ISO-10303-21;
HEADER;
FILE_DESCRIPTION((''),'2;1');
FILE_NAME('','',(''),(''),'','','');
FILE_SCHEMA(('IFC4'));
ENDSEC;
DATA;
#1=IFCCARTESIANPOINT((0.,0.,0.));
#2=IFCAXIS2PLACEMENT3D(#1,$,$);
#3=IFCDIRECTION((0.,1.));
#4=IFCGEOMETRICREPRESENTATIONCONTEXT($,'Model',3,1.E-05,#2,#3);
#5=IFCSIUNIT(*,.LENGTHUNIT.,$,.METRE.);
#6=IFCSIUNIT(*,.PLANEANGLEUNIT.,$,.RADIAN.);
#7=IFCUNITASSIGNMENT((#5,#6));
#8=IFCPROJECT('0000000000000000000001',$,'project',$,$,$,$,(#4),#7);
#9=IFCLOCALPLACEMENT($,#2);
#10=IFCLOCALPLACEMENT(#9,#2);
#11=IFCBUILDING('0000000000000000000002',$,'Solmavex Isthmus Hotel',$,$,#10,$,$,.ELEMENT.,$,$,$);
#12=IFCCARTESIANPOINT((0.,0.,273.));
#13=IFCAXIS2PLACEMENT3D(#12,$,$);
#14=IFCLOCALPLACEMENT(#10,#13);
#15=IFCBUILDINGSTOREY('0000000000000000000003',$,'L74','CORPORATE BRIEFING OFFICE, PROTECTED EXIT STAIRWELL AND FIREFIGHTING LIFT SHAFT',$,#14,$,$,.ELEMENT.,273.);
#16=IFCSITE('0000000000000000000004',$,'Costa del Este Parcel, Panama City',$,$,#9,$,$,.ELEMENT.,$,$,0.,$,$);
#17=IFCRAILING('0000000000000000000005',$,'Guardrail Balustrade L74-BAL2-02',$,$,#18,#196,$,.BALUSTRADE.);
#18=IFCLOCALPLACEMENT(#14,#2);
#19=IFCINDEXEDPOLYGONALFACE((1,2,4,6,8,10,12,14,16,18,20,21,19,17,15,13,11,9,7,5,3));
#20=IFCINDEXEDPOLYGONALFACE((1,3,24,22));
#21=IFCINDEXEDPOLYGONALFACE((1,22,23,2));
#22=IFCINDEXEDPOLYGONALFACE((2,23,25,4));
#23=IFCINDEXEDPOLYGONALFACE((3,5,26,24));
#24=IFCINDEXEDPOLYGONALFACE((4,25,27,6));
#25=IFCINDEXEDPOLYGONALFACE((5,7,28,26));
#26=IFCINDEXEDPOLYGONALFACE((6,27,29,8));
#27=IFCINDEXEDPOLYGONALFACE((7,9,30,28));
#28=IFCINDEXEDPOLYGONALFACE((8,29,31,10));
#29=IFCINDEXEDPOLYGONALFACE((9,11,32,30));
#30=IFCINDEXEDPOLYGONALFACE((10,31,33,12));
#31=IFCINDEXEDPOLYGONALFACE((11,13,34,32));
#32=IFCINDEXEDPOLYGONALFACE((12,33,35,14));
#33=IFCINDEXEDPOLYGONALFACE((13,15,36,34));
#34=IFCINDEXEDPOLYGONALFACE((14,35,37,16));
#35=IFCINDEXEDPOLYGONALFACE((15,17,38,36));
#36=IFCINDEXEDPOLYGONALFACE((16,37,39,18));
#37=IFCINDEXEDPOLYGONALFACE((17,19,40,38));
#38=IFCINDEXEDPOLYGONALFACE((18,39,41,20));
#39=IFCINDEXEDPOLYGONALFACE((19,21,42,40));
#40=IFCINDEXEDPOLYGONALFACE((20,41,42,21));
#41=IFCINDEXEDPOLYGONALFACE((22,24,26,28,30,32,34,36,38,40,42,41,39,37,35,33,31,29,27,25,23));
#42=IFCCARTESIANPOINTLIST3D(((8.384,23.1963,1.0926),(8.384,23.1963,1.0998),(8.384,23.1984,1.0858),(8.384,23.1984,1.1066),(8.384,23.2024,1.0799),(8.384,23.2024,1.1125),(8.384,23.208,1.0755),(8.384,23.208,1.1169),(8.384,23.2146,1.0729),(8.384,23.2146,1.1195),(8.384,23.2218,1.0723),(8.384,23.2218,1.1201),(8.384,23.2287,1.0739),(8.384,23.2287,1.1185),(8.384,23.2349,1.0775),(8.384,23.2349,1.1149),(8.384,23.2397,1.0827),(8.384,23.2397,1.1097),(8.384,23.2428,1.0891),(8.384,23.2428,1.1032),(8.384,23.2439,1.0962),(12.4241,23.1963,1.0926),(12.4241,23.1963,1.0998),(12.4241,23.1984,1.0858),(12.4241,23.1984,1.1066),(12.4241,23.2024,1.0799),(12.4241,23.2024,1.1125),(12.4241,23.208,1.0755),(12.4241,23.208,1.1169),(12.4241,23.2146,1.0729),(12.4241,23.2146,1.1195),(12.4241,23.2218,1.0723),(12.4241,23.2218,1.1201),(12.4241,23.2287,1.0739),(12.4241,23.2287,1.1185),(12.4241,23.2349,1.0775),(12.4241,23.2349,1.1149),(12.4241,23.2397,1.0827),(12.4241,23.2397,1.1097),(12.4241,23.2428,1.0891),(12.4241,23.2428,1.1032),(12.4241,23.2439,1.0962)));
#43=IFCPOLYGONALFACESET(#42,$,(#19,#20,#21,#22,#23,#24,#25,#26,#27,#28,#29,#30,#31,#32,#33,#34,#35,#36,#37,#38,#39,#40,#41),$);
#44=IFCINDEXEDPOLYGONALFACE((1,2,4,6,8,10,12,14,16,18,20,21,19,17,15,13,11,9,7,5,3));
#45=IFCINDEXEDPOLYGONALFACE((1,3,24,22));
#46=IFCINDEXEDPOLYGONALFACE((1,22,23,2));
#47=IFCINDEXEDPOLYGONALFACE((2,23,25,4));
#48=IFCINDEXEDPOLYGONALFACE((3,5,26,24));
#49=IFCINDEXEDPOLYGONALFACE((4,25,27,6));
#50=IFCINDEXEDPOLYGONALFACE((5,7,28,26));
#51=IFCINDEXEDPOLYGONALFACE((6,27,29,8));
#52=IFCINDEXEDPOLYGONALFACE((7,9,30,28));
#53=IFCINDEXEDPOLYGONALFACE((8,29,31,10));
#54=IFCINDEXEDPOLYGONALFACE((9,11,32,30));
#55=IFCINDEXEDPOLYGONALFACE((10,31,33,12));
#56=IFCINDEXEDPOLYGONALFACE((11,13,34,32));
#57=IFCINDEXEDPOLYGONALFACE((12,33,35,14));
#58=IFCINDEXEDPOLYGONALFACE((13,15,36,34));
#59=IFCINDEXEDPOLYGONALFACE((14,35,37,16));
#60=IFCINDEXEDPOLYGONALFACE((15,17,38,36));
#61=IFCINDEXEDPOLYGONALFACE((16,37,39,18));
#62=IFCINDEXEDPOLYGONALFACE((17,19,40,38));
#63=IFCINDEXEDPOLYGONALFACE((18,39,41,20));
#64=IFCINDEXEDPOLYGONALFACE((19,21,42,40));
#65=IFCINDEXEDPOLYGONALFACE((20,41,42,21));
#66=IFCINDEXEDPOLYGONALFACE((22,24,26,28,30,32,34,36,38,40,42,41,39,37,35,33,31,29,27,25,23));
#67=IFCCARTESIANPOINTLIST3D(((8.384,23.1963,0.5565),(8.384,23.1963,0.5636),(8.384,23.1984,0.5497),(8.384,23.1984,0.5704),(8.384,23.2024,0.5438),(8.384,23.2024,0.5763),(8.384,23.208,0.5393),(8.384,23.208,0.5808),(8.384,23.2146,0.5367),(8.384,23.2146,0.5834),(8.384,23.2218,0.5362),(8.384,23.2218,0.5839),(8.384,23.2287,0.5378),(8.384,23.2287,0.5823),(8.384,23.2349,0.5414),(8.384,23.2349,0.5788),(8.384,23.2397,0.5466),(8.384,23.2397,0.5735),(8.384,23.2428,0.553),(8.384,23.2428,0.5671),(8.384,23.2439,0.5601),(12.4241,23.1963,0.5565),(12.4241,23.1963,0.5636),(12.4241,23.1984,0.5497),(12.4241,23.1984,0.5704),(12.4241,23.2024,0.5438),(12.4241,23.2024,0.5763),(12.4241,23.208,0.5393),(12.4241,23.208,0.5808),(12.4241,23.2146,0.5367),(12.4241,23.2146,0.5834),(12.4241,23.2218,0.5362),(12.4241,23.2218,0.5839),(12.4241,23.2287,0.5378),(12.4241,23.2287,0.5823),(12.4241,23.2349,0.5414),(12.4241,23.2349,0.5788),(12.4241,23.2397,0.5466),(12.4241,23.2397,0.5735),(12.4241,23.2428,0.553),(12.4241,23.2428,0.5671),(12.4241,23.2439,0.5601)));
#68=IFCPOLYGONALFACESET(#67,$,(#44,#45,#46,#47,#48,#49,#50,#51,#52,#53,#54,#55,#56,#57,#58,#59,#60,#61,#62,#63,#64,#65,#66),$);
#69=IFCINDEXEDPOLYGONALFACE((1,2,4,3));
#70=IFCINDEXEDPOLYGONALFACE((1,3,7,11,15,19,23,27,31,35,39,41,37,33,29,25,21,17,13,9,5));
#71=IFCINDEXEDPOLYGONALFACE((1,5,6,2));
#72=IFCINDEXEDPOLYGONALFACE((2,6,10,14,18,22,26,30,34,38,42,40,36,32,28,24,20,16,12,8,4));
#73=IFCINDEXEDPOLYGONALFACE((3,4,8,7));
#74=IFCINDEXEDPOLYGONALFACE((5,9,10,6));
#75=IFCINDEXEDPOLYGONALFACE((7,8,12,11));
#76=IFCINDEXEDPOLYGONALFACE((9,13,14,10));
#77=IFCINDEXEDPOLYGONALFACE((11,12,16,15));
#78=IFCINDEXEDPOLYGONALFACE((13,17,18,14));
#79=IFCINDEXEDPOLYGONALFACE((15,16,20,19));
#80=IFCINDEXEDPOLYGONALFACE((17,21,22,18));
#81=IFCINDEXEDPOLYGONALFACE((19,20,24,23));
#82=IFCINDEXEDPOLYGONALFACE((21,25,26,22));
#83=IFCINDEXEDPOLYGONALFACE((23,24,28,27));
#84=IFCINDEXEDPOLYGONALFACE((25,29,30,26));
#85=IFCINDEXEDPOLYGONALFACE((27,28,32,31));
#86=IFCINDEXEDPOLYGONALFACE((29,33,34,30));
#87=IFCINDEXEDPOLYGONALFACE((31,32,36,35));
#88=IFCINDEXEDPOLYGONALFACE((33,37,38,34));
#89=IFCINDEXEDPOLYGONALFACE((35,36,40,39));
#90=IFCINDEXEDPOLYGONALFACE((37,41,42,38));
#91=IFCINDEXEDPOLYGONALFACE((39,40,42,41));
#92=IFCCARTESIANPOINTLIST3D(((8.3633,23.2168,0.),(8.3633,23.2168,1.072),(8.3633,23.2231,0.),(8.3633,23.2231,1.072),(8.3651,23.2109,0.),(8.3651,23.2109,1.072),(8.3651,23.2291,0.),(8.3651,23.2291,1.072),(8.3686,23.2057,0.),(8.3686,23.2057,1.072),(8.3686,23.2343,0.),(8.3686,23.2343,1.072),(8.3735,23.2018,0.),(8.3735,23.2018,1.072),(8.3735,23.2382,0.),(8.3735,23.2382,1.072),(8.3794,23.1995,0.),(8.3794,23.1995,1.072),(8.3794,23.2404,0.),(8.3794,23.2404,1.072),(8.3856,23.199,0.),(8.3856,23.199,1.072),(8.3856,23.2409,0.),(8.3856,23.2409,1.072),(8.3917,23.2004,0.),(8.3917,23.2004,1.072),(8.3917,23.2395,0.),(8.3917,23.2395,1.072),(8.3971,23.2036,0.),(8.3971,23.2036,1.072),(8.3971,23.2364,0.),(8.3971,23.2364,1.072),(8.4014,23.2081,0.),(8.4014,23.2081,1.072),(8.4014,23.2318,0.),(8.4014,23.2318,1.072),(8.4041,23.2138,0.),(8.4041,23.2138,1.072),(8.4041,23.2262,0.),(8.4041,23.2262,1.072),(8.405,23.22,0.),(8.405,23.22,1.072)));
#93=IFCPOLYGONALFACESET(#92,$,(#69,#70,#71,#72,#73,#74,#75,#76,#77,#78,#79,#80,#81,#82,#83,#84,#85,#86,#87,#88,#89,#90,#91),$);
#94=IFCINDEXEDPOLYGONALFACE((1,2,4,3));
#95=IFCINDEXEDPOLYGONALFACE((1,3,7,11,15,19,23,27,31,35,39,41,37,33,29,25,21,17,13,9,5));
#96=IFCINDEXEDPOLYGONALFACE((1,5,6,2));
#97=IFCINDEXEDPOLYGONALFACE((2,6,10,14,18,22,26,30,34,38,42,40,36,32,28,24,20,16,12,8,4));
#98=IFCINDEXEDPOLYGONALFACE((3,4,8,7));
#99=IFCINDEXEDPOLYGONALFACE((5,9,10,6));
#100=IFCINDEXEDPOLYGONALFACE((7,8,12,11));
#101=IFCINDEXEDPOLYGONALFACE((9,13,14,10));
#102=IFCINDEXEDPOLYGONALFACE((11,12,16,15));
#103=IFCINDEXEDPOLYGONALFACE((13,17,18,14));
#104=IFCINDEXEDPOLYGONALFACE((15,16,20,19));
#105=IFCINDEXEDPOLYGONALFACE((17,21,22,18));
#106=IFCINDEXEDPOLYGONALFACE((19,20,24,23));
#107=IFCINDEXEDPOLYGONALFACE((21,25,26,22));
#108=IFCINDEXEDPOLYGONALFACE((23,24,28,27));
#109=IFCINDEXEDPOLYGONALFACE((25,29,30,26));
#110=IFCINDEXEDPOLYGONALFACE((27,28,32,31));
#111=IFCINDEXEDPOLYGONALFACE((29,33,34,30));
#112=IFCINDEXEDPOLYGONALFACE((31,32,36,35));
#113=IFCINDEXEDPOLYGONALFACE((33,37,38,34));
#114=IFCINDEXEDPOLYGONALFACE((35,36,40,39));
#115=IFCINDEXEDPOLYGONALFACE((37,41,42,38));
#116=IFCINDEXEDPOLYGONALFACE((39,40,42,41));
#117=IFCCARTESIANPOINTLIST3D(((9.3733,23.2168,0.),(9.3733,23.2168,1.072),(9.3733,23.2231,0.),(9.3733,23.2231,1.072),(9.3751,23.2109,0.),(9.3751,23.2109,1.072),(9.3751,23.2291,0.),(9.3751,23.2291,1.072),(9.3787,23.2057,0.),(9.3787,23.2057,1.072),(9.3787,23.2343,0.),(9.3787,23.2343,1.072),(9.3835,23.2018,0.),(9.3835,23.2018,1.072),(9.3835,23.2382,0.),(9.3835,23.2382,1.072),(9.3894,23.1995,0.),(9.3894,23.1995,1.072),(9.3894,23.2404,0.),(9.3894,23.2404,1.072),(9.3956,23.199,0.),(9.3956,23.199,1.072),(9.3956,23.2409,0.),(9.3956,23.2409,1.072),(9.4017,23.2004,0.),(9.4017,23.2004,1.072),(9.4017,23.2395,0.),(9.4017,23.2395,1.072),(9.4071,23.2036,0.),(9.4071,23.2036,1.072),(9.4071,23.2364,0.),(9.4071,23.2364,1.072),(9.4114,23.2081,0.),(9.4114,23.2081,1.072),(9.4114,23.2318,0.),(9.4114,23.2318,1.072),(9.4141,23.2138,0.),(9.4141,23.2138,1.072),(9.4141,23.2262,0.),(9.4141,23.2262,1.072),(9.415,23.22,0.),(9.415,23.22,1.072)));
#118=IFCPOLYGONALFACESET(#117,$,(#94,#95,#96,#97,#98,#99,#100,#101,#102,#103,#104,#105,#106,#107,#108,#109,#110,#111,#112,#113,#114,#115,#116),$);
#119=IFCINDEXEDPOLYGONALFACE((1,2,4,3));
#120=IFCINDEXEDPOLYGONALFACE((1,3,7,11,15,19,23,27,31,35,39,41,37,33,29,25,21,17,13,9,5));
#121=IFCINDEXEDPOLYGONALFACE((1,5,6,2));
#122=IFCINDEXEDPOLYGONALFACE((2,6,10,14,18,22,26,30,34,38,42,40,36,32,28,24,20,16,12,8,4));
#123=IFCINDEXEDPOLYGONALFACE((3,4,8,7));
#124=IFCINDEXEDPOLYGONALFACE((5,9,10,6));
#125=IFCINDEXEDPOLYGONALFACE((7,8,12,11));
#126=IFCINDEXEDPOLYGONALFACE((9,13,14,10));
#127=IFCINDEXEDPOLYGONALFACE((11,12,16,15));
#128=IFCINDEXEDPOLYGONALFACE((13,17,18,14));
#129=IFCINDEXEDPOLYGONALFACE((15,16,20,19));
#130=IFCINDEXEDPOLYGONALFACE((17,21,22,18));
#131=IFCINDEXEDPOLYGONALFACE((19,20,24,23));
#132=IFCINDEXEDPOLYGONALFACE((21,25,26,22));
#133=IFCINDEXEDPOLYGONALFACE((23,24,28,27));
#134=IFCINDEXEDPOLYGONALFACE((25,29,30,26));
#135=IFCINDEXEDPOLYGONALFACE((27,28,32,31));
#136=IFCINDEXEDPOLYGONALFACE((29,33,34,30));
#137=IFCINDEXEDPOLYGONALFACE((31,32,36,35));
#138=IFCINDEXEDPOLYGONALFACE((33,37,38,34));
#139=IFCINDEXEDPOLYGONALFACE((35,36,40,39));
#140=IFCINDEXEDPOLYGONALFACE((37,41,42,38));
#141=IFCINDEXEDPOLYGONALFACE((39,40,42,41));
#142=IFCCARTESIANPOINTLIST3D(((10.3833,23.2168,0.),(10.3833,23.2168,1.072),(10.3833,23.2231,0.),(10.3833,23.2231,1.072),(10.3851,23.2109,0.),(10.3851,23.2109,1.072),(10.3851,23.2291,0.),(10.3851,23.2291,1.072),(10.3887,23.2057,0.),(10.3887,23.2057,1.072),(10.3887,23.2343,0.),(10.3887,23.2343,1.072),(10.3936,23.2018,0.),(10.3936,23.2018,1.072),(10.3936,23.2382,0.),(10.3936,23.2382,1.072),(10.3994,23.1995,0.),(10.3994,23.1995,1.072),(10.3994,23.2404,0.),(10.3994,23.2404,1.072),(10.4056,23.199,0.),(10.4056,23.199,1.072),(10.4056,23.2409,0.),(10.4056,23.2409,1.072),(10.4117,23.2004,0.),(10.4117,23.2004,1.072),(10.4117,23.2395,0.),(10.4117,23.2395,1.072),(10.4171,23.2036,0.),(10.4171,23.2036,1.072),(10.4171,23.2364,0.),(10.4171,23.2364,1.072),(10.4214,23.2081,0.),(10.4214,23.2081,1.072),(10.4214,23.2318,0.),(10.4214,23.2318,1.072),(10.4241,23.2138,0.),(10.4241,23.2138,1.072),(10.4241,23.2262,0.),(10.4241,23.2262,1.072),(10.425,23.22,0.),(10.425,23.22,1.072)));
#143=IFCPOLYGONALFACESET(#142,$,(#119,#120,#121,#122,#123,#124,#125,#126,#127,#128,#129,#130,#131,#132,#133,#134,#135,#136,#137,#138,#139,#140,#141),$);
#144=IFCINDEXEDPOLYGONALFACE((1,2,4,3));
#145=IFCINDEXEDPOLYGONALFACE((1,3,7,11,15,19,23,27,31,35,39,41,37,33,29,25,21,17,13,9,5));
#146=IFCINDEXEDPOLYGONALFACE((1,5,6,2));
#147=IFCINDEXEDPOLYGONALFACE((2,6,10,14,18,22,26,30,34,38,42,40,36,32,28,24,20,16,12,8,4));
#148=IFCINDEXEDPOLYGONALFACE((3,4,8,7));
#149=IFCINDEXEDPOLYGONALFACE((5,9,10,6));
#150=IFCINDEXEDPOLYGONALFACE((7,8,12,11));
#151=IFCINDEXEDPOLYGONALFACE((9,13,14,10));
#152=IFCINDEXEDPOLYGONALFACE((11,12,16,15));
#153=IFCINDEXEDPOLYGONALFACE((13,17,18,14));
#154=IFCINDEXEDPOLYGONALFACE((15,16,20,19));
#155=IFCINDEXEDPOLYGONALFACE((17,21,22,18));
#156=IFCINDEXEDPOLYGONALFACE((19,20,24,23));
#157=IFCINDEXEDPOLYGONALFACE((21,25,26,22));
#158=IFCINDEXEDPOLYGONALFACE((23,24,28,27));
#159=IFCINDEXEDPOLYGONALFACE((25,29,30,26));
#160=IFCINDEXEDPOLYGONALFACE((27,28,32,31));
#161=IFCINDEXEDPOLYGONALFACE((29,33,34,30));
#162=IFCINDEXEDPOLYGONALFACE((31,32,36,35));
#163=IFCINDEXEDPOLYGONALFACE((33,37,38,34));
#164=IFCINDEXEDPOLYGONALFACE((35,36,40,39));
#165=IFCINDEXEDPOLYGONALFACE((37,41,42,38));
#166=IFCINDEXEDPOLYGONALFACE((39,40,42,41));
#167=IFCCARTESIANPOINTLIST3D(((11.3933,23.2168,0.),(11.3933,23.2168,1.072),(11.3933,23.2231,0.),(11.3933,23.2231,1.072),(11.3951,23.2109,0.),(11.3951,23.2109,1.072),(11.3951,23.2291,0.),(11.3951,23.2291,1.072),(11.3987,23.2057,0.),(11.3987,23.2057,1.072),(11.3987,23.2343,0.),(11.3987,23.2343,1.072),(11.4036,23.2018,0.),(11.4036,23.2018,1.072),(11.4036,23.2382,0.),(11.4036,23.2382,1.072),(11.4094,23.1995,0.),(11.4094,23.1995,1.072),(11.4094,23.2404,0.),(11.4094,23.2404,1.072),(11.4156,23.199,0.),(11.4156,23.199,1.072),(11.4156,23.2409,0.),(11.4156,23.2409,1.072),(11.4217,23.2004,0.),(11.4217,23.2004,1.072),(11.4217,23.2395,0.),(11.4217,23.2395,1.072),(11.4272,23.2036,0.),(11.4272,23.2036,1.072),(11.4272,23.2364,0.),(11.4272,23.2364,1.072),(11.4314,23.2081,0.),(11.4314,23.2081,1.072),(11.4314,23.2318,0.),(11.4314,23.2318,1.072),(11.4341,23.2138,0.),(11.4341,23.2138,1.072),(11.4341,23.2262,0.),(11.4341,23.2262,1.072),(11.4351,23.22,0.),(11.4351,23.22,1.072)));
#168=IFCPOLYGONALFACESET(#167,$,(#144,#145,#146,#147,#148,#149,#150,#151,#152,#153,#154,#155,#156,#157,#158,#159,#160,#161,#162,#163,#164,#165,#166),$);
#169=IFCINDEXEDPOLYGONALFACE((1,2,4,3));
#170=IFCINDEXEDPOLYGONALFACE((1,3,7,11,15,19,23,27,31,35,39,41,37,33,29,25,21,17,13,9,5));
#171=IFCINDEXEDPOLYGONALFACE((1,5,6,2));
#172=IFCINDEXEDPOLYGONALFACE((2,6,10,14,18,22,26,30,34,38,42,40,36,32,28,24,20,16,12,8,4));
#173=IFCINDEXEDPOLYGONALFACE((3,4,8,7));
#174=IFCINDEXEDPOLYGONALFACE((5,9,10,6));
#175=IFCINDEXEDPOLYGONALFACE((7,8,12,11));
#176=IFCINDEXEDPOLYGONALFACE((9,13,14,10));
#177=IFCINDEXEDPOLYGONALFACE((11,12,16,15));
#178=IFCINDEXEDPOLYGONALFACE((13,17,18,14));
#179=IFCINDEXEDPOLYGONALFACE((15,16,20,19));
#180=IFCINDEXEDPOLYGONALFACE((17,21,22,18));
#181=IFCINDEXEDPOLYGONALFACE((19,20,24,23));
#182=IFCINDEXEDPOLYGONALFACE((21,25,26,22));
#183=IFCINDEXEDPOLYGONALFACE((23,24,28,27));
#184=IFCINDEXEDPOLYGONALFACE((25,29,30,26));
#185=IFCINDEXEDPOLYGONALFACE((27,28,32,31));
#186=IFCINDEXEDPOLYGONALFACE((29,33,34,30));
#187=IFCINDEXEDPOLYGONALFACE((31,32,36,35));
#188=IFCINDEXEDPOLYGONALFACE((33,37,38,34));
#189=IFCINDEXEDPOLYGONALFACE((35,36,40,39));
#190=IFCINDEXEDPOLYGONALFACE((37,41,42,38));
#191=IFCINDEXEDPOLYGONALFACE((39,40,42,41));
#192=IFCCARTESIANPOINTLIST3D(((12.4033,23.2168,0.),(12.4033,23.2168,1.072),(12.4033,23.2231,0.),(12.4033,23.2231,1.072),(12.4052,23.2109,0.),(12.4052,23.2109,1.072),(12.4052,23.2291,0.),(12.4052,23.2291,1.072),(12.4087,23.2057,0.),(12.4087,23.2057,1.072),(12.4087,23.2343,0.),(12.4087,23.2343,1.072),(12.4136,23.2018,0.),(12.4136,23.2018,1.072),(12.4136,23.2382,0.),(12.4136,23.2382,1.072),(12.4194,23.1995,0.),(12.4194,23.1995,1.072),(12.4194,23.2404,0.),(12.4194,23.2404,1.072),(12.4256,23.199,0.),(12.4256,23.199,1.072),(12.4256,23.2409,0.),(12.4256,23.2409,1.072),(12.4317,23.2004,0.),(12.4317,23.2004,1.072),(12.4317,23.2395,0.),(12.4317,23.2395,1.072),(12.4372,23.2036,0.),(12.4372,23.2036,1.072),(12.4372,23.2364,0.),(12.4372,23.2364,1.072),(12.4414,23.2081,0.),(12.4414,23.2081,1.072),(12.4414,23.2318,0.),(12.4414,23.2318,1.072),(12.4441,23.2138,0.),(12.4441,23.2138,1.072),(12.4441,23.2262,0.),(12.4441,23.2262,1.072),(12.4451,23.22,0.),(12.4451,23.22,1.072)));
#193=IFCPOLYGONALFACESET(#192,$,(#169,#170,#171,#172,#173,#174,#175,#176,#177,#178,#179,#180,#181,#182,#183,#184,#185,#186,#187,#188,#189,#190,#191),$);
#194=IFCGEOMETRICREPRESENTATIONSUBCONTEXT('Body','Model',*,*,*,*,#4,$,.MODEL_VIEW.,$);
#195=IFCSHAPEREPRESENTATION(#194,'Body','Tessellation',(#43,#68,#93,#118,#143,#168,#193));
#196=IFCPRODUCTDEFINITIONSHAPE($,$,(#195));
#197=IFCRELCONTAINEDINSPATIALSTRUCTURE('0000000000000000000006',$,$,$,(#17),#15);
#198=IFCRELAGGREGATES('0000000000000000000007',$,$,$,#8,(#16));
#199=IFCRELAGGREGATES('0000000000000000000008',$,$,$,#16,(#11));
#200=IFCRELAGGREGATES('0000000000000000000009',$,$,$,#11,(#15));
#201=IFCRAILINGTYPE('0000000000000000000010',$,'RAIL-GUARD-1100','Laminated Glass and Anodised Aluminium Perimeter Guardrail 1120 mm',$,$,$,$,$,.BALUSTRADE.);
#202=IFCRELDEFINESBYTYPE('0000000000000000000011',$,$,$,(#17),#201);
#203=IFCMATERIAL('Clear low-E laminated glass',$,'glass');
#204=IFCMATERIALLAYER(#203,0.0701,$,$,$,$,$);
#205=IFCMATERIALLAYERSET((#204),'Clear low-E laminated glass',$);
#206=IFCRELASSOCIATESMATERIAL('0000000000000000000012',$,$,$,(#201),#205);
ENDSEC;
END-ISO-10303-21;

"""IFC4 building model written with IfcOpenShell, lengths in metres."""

from ifc_helpers import new_model, si_unit, direction, frame, origin, origin_2d, place, context, subcontext, project, spatial, circle, extrude, material, layer, layer_set, type_object, element, save


model = new_model("IFC4")

# Units and contexts
model_context = context("Model", 3, precision=1e-05, world=origin(), true_north=direction((0.0, 1.0)))
body_context = subcontext(model_context, "Body", "Model", "MODEL_VIEW")
ifc_project = project(units=[si_unit("LENGTHUNIT", "METRE"), si_unit("PLANEANGLEUNIT", "RADIAN")], contexts=[model_context])

# Site, building, storey
site_placement = place(None, origin())
site = spatial("IfcSite", under=ifc_project, at=site_placement, Name="Costa del Este Parcel, Panama City", CompositionType="ELEMENT", RefElevation=0.0)
building_placement = place(site_placement, origin())
building = spatial("IfcBuilding", under=site, at=building_placement, Name="Solmavex Isthmus Hotel", CompositionType="ELEMENT")
storey_placement = place(building_placement, frame((0.0, 0.0, 273.0)))
storey = spatial("IfcBuildingStorey", under=building, at=storey_placement, Name="L74", Description="CORPORATE BRIEFING OFFICE, PROTECTED EXIT STAIRWELL AND FIREFIGHTING LIFT SHAFT", CompositionType="ELEMENT", Elevation=273.0)

# Shared definitions
ifc_material_1 = material(Name="Clear low-E laminated glass", Category="glass")

# Railing
ifc_layer_1 = layer(ifc_material_1, 0.0701)
ifc_layer_set_1 = layer_set([ifc_layer_1], Name="Clear low-E laminated glass")
railing_type = type_object("IfcRailingType", Name="RAIL-GUARD-1100", Description="Laminated Glass and Anodised Aluminium Perimeter Guardrail 1120 mm", PredefinedType="BALUSTRADE", material=ifc_layer_set_1)
railing_1_placement = place(storey_placement, frame((8.384, 23.22, 0.0)))
element("IfcRailing", 1, at=railing_1_placement, inside=storey, type_object=railing_type, Name="Guardrail Balustrade L74-BAL2-02", PredefinedType="BALUSTRADE", context=body_context, shape_type="SweptSolid", body=[
    extrude(circle(Radius=0.0239, at=origin_2d()), frame((0.0, 0.0, 1.0962), z_axis=(1.0, 0.0, 0.0), x_axis=(0.0, 1.0, 0.0)), (0.0, 0.0, 1.0), 4.04),
    extrude(circle(Radius=0.0239, at=origin_2d()), frame((0.0, 0.0, 0.5601), z_axis=(1.0, 0.0, 0.0), x_axis=(0.0, 1.0, 0.0)), (0.0, 0.0, 1.0), 4.04),
    extrude(circle(Radius=0.021, at=origin_2d()), origin(), (0.0, 0.0, 1.0), 1.072),
    extrude(circle(Radius=0.021, at=origin_2d()), frame((1.01, 0.0, 0.0)), (0.0, 0.0, 1.0), 1.072),
    extrude(circle(Radius=0.021, at=origin_2d()), frame((2.02, 0.0, 0.0)), (0.0, 0.0, 1.0), 1.072),
    extrude(circle(Radius=0.021, at=origin_2d()), frame((3.03, 0.0, 0.0)), (0.0, 0.0, 1.0), 1.072),
    extrude(circle(Radius=0.021, at=origin_2d()), frame((4.04, 0.0, 0.0)), (0.0, 0.0, 1.0), 1.072),
])

save(model, "model.ifc")
